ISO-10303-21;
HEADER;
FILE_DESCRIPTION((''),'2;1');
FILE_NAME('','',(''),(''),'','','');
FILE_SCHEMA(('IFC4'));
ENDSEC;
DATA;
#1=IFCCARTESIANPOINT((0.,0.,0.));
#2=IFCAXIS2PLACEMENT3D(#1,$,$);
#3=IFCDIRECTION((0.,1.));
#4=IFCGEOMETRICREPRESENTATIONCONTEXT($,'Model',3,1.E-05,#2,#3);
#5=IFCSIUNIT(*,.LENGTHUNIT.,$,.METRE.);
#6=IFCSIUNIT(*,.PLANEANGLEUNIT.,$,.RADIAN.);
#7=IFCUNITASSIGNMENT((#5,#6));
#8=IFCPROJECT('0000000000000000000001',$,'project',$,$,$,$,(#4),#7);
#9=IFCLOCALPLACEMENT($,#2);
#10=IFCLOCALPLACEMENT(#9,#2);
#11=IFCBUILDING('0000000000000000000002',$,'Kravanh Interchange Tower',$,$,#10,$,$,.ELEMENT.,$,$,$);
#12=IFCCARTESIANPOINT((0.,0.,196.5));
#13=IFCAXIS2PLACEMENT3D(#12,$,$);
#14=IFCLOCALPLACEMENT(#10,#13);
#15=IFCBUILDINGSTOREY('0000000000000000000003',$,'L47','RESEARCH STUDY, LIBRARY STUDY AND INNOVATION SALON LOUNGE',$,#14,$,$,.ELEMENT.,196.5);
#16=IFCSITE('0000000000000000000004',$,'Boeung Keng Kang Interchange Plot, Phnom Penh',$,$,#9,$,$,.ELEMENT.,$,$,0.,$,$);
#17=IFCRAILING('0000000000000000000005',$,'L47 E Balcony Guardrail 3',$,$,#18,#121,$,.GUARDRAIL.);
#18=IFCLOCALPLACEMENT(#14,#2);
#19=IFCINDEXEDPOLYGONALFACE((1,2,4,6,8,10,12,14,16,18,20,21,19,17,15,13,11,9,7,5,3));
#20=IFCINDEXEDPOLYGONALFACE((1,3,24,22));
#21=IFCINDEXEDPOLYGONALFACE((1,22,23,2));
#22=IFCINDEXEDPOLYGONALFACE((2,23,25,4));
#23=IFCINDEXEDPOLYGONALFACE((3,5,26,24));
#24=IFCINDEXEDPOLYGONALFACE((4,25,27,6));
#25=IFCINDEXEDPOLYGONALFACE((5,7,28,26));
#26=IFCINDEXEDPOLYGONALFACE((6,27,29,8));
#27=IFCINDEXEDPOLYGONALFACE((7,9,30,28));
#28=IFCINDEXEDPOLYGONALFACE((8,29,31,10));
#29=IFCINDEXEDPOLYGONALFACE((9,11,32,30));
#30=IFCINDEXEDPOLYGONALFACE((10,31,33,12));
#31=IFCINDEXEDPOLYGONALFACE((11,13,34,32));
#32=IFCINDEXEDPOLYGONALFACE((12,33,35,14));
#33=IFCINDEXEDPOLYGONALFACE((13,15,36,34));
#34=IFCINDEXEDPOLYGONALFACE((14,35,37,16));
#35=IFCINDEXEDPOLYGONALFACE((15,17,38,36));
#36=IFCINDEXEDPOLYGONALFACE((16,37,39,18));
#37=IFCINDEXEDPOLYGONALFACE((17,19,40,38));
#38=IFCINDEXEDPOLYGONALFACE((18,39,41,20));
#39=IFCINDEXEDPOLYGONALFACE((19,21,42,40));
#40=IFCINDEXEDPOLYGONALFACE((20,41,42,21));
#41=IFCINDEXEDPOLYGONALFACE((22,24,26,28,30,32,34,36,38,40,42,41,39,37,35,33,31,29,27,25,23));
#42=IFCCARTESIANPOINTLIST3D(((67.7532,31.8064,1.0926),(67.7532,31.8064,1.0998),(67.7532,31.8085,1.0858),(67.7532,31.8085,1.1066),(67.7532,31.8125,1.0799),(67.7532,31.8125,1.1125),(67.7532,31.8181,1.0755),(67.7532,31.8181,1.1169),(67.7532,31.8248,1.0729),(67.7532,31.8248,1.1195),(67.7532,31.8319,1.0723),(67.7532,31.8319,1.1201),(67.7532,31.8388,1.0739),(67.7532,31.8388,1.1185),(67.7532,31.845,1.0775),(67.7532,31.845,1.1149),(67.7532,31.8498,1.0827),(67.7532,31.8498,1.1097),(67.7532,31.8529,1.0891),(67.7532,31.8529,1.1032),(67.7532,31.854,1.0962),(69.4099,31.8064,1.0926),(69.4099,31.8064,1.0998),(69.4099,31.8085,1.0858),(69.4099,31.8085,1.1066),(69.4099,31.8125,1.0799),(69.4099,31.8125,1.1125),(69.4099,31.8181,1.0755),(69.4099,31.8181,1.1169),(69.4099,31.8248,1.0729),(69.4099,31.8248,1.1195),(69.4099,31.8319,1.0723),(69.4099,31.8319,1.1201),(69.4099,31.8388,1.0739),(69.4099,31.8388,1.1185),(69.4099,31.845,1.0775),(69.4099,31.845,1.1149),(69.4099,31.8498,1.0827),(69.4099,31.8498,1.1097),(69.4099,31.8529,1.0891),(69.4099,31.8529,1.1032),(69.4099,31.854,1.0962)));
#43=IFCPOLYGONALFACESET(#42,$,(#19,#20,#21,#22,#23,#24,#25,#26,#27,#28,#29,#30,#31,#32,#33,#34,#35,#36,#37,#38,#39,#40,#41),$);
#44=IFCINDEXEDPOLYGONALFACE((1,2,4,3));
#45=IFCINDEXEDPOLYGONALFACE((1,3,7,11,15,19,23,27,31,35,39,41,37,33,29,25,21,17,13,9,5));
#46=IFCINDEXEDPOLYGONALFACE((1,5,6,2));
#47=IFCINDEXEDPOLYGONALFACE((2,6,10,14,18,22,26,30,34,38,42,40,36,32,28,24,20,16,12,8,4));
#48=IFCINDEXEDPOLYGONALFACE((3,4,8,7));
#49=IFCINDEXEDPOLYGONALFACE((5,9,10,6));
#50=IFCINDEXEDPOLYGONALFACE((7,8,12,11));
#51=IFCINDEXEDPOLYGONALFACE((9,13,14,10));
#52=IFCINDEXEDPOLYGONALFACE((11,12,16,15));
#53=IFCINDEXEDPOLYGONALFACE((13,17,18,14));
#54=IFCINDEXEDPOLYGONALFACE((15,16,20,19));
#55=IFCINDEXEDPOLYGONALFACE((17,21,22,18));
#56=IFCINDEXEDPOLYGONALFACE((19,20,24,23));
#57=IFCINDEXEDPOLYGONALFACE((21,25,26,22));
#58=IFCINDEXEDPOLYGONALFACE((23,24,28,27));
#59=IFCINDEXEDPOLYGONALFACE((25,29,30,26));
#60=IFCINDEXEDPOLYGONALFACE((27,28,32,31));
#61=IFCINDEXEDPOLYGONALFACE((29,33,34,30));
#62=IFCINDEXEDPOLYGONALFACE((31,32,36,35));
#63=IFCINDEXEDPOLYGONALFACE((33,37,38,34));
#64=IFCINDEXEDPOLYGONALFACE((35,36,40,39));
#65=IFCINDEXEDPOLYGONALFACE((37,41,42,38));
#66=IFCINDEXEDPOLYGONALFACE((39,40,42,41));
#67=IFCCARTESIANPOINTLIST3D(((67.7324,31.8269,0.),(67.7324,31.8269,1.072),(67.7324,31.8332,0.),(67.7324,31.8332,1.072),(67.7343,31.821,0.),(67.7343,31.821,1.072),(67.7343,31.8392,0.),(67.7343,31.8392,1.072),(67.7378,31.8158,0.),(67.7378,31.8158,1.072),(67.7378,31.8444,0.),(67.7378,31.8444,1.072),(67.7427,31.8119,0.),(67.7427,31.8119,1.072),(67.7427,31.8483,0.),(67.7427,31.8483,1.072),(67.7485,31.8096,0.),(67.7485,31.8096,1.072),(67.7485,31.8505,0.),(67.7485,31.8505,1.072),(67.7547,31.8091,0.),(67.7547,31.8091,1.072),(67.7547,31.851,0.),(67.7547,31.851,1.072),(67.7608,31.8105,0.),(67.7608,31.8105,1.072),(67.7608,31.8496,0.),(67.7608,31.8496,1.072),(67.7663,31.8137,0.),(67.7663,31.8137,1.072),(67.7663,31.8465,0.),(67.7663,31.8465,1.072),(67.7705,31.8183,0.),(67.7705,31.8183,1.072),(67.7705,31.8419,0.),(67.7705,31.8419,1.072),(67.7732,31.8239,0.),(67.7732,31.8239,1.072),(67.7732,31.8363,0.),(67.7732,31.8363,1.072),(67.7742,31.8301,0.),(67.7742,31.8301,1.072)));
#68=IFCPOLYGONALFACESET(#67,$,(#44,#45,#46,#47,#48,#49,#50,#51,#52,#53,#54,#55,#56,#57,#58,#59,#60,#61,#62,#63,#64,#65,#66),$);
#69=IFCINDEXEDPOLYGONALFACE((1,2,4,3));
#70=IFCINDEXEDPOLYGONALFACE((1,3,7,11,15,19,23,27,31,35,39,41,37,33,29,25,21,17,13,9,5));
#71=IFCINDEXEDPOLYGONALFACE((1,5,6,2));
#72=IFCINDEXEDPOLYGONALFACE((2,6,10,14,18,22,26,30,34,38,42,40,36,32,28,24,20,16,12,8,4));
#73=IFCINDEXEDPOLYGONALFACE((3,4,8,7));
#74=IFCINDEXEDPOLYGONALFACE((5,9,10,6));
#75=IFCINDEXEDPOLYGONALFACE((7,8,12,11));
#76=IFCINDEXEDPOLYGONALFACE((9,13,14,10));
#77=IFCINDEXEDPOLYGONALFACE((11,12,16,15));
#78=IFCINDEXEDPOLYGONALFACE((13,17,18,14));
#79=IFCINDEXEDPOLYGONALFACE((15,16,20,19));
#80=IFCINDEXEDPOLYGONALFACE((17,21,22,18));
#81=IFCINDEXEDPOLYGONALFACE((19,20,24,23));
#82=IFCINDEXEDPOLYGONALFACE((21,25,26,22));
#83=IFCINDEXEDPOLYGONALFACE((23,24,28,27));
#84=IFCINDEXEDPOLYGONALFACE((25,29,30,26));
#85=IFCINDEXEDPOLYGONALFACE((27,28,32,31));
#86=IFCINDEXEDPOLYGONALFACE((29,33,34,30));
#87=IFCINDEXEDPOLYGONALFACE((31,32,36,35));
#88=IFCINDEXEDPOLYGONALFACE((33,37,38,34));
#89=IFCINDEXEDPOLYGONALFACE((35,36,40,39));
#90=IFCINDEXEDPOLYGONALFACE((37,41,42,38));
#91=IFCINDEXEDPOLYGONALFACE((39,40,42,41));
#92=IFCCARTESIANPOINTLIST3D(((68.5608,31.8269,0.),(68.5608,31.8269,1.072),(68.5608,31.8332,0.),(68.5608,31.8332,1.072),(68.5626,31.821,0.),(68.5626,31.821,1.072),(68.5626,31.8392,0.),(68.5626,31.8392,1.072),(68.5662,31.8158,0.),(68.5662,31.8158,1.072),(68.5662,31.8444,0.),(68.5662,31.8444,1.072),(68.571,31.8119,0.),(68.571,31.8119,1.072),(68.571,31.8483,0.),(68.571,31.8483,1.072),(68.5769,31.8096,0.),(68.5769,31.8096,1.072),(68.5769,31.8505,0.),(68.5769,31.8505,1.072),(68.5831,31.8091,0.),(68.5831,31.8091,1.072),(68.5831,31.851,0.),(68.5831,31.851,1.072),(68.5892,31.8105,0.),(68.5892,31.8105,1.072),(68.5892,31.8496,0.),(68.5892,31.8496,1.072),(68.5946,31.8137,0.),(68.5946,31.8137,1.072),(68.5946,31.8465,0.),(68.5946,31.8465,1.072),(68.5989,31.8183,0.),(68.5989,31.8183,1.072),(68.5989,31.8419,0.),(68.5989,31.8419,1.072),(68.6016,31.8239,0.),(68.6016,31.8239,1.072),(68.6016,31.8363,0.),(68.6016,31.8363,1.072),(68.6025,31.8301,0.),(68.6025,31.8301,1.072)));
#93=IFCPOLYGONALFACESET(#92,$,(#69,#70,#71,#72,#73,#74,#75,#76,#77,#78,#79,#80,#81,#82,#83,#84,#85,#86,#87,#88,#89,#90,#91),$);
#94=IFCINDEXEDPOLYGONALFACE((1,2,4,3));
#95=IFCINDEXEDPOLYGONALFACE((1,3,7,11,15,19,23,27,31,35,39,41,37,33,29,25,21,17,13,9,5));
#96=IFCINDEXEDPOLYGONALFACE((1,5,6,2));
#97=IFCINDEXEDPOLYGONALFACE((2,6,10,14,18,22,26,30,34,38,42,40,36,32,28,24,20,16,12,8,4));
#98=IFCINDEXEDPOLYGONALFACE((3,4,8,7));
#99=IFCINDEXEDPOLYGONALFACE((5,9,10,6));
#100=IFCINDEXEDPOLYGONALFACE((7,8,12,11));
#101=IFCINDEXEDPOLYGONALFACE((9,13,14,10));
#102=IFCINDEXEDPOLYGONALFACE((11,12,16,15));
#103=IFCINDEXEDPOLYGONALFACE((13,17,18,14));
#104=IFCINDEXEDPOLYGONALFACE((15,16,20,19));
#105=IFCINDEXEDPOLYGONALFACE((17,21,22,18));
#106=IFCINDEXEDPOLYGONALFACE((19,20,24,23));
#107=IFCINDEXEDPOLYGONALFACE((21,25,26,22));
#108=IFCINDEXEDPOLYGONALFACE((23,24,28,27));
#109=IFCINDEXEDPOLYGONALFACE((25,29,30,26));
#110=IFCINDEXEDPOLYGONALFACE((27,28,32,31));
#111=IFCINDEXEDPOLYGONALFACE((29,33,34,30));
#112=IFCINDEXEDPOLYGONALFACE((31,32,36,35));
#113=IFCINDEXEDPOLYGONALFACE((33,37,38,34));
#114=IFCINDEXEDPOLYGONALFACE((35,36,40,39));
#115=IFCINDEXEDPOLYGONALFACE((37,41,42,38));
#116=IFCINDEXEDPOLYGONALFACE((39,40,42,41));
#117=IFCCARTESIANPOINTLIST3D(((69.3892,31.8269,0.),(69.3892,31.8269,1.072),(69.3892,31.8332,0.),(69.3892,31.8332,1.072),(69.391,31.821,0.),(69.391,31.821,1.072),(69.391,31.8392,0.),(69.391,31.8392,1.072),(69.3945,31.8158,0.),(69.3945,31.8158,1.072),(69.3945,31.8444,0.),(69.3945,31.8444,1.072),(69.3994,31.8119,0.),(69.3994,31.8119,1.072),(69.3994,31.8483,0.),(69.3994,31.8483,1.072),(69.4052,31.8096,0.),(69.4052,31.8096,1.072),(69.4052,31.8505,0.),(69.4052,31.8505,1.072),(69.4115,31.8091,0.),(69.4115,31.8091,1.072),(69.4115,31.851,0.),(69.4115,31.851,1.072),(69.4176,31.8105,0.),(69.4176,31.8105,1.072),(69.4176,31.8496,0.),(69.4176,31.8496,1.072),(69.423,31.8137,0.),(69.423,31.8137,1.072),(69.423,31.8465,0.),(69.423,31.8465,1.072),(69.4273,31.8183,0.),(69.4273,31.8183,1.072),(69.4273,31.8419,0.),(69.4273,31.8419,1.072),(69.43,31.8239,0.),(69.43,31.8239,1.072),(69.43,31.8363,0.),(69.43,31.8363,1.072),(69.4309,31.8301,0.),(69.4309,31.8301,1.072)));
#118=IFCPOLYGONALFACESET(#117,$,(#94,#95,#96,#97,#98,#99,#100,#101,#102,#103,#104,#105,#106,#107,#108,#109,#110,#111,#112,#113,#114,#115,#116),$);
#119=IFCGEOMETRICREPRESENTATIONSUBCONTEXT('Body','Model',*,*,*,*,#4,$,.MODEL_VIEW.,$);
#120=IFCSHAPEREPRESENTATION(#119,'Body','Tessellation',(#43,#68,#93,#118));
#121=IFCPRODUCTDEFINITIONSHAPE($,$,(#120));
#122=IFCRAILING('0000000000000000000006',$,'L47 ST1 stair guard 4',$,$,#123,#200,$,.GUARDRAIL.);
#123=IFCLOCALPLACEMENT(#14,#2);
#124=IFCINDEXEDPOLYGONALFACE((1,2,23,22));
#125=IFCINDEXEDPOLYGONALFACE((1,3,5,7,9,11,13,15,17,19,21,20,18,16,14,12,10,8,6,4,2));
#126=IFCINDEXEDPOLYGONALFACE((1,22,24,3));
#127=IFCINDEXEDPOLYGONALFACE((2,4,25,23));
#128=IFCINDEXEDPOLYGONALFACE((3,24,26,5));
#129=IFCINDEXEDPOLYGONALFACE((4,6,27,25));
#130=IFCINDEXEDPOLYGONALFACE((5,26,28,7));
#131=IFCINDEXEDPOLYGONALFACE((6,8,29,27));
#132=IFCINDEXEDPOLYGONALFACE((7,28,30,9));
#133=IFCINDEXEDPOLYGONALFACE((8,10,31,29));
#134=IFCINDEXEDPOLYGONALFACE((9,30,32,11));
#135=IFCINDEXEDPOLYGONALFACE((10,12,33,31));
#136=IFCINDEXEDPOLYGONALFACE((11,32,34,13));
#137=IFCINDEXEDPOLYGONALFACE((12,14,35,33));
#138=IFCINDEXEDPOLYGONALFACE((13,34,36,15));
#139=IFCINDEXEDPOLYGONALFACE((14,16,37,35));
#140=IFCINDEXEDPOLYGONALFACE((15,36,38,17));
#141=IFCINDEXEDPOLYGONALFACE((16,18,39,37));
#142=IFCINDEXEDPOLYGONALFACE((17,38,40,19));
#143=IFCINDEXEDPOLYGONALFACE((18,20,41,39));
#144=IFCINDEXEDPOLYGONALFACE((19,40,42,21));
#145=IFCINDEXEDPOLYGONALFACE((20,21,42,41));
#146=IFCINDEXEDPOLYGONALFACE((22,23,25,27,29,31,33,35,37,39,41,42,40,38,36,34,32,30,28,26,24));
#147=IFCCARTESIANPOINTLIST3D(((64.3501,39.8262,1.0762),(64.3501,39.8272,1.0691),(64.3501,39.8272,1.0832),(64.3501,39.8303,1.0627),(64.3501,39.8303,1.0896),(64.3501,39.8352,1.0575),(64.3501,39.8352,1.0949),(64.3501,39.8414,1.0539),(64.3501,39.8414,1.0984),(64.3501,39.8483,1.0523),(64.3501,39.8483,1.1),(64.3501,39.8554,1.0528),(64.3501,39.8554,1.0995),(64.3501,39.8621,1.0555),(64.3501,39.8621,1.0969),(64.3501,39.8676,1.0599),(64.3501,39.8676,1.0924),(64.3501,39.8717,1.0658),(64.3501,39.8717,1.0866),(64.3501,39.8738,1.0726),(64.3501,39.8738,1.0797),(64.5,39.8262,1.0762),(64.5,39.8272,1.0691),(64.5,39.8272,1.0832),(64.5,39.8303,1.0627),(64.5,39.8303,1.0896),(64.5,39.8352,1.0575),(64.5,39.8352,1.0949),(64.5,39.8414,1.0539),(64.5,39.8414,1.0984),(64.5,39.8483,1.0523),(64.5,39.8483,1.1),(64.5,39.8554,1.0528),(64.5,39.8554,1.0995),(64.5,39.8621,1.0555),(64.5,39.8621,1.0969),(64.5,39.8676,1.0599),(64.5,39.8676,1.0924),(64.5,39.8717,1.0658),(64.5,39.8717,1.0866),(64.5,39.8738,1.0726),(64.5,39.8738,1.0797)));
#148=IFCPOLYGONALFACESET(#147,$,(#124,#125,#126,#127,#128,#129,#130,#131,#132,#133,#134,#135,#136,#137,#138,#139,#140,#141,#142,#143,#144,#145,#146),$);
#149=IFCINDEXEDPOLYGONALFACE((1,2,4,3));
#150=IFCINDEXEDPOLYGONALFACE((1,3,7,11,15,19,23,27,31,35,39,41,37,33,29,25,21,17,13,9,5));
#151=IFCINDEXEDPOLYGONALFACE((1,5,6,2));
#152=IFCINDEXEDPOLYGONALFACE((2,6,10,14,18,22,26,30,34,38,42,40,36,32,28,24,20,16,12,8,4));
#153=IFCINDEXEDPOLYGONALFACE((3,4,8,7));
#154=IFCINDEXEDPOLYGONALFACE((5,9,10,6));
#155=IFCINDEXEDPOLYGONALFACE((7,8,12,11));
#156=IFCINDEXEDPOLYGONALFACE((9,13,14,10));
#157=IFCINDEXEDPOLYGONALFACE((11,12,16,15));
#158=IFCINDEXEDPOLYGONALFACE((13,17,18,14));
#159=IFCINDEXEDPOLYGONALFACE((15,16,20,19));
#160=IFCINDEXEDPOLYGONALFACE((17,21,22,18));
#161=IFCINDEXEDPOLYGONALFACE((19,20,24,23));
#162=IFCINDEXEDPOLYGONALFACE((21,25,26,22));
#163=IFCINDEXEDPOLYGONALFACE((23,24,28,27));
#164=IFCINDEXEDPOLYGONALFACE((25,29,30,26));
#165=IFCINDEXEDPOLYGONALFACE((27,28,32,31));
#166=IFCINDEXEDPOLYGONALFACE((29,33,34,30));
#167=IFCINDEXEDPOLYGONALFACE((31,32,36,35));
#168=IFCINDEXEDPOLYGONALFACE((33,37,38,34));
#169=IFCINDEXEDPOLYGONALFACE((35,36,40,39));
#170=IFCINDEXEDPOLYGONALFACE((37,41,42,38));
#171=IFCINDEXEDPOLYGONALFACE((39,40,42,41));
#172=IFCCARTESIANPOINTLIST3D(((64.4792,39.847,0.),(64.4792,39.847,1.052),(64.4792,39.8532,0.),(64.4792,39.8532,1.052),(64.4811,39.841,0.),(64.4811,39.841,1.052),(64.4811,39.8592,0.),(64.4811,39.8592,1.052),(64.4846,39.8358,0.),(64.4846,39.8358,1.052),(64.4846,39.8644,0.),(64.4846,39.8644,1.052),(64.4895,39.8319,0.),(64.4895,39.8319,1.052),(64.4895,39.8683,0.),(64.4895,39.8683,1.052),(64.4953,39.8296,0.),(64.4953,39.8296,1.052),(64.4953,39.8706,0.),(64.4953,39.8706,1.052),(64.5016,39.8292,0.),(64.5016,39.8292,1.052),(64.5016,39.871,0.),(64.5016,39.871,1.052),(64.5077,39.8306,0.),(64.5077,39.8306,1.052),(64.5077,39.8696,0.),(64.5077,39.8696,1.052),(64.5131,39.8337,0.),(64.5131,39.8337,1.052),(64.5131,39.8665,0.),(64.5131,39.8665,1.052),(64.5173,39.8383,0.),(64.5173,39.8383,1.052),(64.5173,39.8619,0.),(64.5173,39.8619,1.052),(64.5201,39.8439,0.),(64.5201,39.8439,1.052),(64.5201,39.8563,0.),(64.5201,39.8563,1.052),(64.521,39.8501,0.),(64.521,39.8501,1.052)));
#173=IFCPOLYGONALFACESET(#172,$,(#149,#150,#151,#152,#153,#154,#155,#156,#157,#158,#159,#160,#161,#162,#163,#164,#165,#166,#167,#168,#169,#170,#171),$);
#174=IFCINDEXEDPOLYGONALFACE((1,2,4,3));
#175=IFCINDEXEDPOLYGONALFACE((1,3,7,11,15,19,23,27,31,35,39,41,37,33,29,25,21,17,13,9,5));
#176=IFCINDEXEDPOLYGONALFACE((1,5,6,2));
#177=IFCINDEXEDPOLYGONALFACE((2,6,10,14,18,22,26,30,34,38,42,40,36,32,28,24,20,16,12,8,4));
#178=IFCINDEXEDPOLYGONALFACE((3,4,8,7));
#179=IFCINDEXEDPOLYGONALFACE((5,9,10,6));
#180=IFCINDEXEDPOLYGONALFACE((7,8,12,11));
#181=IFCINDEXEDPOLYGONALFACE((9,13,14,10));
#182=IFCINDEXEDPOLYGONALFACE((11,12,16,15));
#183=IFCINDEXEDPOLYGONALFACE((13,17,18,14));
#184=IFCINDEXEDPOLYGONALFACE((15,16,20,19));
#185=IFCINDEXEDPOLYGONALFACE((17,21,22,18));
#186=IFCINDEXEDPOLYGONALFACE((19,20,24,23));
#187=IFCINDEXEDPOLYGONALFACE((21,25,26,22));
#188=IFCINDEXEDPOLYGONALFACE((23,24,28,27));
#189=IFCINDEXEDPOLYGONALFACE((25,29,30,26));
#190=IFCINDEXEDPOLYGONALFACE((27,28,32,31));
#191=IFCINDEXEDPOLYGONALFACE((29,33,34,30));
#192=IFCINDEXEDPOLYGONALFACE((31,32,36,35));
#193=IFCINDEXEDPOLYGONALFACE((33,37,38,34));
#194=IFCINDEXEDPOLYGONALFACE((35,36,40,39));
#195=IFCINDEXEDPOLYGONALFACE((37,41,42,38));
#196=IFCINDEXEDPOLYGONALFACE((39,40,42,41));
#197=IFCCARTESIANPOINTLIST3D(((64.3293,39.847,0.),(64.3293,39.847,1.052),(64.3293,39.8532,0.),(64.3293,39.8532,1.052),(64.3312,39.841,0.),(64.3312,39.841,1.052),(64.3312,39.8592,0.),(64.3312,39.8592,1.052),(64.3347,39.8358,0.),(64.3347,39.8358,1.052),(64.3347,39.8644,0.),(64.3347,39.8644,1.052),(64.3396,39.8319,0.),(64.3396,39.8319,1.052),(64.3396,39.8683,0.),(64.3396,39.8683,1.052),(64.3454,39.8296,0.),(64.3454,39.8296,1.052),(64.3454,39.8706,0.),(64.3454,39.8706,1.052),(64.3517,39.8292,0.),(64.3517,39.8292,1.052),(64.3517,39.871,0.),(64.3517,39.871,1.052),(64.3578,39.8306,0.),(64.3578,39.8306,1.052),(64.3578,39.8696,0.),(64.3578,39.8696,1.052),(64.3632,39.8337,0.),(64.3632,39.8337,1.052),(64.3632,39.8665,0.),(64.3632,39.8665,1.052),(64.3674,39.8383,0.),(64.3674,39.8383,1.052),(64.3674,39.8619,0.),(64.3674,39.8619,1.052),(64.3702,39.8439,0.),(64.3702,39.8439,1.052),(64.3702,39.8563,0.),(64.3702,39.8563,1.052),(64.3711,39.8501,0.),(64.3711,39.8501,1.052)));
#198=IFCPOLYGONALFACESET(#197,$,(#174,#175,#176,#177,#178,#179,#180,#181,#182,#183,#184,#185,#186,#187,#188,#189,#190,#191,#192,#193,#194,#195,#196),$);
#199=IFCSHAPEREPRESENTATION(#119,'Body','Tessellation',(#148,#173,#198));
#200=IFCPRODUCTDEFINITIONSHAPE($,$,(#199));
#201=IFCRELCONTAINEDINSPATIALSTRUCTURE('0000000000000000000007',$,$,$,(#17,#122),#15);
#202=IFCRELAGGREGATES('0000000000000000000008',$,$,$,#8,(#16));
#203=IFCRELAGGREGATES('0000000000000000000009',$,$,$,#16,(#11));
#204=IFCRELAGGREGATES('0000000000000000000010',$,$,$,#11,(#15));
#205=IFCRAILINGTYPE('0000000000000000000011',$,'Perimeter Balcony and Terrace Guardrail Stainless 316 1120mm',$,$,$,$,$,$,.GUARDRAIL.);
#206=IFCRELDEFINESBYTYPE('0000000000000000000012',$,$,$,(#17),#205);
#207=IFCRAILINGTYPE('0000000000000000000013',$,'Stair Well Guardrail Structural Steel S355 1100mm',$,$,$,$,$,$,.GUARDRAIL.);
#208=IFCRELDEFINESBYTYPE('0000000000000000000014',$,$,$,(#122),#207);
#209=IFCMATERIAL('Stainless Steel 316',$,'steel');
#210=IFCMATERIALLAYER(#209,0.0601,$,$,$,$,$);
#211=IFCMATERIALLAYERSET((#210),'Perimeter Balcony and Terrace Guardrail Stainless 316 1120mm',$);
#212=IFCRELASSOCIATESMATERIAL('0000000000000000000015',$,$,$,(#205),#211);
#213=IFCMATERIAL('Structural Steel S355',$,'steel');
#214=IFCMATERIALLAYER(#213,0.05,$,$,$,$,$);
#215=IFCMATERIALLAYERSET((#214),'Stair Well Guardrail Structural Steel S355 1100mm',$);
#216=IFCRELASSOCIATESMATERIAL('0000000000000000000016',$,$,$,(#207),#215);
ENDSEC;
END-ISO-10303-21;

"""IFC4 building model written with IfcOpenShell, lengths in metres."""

from ifc_helpers import new_model, si_unit, direction, frame, origin, origin_2d, place, context, subcontext, project, spatial, circle, extrude, material, layer, layer_set, type_object, element, save


model = new_model("IFC4")

# Units and contexts
model_context = context("Model", 3, precision=1e-05, world=origin(), true_north=direction((0.0, 1.0)))
body_context = subcontext(model_context, "Body", "Model", "MODEL_VIEW")
ifc_project = project(units=[si_unit("LENGTHUNIT", "METRE"), si_unit("PLANEANGLEUNIT", "RADIAN")], contexts=[model_context])

# Site, building, storey
site_placement = place(None, origin())
site = spatial("IfcSite", under=ifc_project, at=site_placement, Name="Boeung Keng Kang Interchange Plot, Phnom Penh", CompositionType="ELEMENT", RefElevation=0.0)
building_placement = place(site_placement, origin())
building = spatial("IfcBuilding", under=site, at=building_placement, Name="Kravanh Interchange Tower", CompositionType="ELEMENT")
storey_placement = place(building_placement, frame((0.0, 0.0, 196.5)))
storey = spatial("IfcBuildingStorey", under=building, at=storey_placement, Name="L47", Description="RESEARCH STUDY, LIBRARY STUDY AND INNOVATION SALON LOUNGE", CompositionType="ELEMENT", Elevation=196.5)

# Railings
ifc_material_1 = material(Name="Stainless Steel 316", Category="steel")
ifc_layer_1 = layer(ifc_material_1, 0.0601)
ifc_layer_set_1 = layer_set([ifc_layer_1], Name="Perimeter Balcony and Terrace Guardrail Stainless 316 1120mm")
railing_type_1 = type_object("IfcRailingType", Name="Perimeter Balcony and Terrace Guardrail Stainless 316 1120mm", PredefinedType="GUARDRAIL", material=ifc_layer_set_1)
railing_1_placement = place(storey_placement, frame((67.7532, 31.8301, 0.0)))
element("IfcRailing", 1, at=railing_1_placement, inside=storey, type_object=railing_type_1, Name="L47 E Balcony Guardrail 3", PredefinedType="GUARDRAIL", context=body_context, shape_type="SweptSolid", body=[
    extrude(circle(Radius=0.0239, at=origin_2d()), frame((0.0, 0.0, 1.0962), z_axis=(1.0, 0.0, 0.0), x_axis=(0.0, 1.0, 0.0)), (0.0, 0.0, 1.0), 1.6567),
    extrude(circle(Radius=0.021, at=origin_2d()), origin(), (0.0, 0.0, 1.0), 1.072),
    extrude(circle(Radius=0.021, at=origin_2d()), frame((0.8284, 0.0, 0.0)), (0.0, 0.0, 1.0), 1.072),
    extrude(circle(Radius=0.021, at=origin_2d()), frame((1.6567, 0.0, 0.0)), (0.0, 0.0, 1.0), 1.072),
])
ifc_material_2 = material(Name="Structural Steel S355", Category="steel")
ifc_layer_2 = layer(ifc_material_2, 0.05)
ifc_layer_set_2 = layer_set([ifc_layer_2], Name="Stair Well Guardrail Structural Steel S355 1100mm")
railing_type_2 = type_object("IfcRailingType", Name="Stair Well Guardrail Structural Steel S355 1100mm", PredefinedType="GUARDRAIL", material=ifc_layer_set_2)
for number, where, name in (
    (2, (64.5, 39.8501, 0.0), "L47 ST1 stair guard 4"),
):
    element("IfcRailing", number, at=place(storey_placement, frame(where)), inside=storey, type_object=railing_type_2, Name=name, PredefinedType="GUARDRAIL", context=body_context, shape_type="SweptSolid", body=[
        extrude(circle(Radius=0.0239, at=origin_2d()), frame((0.0, 0.0, 1.0762), z_axis=(-1.0, 0.0, 0.0), x_axis=(0.0, -1.0, 0.0)), (0.0, 0.0, 1.0), 0.1499),
        extrude(circle(Radius=0.021, at=origin_2d()), origin(), (0.0, 0.0, 1.0), 1.052),
        extrude(circle(Radius=0.021, at=origin_2d()), frame((-0.1499, 0.0, 0.0)), (0.0, 0.0, 1.0), 1.052),
    ])

save(model, "model.ifc")
